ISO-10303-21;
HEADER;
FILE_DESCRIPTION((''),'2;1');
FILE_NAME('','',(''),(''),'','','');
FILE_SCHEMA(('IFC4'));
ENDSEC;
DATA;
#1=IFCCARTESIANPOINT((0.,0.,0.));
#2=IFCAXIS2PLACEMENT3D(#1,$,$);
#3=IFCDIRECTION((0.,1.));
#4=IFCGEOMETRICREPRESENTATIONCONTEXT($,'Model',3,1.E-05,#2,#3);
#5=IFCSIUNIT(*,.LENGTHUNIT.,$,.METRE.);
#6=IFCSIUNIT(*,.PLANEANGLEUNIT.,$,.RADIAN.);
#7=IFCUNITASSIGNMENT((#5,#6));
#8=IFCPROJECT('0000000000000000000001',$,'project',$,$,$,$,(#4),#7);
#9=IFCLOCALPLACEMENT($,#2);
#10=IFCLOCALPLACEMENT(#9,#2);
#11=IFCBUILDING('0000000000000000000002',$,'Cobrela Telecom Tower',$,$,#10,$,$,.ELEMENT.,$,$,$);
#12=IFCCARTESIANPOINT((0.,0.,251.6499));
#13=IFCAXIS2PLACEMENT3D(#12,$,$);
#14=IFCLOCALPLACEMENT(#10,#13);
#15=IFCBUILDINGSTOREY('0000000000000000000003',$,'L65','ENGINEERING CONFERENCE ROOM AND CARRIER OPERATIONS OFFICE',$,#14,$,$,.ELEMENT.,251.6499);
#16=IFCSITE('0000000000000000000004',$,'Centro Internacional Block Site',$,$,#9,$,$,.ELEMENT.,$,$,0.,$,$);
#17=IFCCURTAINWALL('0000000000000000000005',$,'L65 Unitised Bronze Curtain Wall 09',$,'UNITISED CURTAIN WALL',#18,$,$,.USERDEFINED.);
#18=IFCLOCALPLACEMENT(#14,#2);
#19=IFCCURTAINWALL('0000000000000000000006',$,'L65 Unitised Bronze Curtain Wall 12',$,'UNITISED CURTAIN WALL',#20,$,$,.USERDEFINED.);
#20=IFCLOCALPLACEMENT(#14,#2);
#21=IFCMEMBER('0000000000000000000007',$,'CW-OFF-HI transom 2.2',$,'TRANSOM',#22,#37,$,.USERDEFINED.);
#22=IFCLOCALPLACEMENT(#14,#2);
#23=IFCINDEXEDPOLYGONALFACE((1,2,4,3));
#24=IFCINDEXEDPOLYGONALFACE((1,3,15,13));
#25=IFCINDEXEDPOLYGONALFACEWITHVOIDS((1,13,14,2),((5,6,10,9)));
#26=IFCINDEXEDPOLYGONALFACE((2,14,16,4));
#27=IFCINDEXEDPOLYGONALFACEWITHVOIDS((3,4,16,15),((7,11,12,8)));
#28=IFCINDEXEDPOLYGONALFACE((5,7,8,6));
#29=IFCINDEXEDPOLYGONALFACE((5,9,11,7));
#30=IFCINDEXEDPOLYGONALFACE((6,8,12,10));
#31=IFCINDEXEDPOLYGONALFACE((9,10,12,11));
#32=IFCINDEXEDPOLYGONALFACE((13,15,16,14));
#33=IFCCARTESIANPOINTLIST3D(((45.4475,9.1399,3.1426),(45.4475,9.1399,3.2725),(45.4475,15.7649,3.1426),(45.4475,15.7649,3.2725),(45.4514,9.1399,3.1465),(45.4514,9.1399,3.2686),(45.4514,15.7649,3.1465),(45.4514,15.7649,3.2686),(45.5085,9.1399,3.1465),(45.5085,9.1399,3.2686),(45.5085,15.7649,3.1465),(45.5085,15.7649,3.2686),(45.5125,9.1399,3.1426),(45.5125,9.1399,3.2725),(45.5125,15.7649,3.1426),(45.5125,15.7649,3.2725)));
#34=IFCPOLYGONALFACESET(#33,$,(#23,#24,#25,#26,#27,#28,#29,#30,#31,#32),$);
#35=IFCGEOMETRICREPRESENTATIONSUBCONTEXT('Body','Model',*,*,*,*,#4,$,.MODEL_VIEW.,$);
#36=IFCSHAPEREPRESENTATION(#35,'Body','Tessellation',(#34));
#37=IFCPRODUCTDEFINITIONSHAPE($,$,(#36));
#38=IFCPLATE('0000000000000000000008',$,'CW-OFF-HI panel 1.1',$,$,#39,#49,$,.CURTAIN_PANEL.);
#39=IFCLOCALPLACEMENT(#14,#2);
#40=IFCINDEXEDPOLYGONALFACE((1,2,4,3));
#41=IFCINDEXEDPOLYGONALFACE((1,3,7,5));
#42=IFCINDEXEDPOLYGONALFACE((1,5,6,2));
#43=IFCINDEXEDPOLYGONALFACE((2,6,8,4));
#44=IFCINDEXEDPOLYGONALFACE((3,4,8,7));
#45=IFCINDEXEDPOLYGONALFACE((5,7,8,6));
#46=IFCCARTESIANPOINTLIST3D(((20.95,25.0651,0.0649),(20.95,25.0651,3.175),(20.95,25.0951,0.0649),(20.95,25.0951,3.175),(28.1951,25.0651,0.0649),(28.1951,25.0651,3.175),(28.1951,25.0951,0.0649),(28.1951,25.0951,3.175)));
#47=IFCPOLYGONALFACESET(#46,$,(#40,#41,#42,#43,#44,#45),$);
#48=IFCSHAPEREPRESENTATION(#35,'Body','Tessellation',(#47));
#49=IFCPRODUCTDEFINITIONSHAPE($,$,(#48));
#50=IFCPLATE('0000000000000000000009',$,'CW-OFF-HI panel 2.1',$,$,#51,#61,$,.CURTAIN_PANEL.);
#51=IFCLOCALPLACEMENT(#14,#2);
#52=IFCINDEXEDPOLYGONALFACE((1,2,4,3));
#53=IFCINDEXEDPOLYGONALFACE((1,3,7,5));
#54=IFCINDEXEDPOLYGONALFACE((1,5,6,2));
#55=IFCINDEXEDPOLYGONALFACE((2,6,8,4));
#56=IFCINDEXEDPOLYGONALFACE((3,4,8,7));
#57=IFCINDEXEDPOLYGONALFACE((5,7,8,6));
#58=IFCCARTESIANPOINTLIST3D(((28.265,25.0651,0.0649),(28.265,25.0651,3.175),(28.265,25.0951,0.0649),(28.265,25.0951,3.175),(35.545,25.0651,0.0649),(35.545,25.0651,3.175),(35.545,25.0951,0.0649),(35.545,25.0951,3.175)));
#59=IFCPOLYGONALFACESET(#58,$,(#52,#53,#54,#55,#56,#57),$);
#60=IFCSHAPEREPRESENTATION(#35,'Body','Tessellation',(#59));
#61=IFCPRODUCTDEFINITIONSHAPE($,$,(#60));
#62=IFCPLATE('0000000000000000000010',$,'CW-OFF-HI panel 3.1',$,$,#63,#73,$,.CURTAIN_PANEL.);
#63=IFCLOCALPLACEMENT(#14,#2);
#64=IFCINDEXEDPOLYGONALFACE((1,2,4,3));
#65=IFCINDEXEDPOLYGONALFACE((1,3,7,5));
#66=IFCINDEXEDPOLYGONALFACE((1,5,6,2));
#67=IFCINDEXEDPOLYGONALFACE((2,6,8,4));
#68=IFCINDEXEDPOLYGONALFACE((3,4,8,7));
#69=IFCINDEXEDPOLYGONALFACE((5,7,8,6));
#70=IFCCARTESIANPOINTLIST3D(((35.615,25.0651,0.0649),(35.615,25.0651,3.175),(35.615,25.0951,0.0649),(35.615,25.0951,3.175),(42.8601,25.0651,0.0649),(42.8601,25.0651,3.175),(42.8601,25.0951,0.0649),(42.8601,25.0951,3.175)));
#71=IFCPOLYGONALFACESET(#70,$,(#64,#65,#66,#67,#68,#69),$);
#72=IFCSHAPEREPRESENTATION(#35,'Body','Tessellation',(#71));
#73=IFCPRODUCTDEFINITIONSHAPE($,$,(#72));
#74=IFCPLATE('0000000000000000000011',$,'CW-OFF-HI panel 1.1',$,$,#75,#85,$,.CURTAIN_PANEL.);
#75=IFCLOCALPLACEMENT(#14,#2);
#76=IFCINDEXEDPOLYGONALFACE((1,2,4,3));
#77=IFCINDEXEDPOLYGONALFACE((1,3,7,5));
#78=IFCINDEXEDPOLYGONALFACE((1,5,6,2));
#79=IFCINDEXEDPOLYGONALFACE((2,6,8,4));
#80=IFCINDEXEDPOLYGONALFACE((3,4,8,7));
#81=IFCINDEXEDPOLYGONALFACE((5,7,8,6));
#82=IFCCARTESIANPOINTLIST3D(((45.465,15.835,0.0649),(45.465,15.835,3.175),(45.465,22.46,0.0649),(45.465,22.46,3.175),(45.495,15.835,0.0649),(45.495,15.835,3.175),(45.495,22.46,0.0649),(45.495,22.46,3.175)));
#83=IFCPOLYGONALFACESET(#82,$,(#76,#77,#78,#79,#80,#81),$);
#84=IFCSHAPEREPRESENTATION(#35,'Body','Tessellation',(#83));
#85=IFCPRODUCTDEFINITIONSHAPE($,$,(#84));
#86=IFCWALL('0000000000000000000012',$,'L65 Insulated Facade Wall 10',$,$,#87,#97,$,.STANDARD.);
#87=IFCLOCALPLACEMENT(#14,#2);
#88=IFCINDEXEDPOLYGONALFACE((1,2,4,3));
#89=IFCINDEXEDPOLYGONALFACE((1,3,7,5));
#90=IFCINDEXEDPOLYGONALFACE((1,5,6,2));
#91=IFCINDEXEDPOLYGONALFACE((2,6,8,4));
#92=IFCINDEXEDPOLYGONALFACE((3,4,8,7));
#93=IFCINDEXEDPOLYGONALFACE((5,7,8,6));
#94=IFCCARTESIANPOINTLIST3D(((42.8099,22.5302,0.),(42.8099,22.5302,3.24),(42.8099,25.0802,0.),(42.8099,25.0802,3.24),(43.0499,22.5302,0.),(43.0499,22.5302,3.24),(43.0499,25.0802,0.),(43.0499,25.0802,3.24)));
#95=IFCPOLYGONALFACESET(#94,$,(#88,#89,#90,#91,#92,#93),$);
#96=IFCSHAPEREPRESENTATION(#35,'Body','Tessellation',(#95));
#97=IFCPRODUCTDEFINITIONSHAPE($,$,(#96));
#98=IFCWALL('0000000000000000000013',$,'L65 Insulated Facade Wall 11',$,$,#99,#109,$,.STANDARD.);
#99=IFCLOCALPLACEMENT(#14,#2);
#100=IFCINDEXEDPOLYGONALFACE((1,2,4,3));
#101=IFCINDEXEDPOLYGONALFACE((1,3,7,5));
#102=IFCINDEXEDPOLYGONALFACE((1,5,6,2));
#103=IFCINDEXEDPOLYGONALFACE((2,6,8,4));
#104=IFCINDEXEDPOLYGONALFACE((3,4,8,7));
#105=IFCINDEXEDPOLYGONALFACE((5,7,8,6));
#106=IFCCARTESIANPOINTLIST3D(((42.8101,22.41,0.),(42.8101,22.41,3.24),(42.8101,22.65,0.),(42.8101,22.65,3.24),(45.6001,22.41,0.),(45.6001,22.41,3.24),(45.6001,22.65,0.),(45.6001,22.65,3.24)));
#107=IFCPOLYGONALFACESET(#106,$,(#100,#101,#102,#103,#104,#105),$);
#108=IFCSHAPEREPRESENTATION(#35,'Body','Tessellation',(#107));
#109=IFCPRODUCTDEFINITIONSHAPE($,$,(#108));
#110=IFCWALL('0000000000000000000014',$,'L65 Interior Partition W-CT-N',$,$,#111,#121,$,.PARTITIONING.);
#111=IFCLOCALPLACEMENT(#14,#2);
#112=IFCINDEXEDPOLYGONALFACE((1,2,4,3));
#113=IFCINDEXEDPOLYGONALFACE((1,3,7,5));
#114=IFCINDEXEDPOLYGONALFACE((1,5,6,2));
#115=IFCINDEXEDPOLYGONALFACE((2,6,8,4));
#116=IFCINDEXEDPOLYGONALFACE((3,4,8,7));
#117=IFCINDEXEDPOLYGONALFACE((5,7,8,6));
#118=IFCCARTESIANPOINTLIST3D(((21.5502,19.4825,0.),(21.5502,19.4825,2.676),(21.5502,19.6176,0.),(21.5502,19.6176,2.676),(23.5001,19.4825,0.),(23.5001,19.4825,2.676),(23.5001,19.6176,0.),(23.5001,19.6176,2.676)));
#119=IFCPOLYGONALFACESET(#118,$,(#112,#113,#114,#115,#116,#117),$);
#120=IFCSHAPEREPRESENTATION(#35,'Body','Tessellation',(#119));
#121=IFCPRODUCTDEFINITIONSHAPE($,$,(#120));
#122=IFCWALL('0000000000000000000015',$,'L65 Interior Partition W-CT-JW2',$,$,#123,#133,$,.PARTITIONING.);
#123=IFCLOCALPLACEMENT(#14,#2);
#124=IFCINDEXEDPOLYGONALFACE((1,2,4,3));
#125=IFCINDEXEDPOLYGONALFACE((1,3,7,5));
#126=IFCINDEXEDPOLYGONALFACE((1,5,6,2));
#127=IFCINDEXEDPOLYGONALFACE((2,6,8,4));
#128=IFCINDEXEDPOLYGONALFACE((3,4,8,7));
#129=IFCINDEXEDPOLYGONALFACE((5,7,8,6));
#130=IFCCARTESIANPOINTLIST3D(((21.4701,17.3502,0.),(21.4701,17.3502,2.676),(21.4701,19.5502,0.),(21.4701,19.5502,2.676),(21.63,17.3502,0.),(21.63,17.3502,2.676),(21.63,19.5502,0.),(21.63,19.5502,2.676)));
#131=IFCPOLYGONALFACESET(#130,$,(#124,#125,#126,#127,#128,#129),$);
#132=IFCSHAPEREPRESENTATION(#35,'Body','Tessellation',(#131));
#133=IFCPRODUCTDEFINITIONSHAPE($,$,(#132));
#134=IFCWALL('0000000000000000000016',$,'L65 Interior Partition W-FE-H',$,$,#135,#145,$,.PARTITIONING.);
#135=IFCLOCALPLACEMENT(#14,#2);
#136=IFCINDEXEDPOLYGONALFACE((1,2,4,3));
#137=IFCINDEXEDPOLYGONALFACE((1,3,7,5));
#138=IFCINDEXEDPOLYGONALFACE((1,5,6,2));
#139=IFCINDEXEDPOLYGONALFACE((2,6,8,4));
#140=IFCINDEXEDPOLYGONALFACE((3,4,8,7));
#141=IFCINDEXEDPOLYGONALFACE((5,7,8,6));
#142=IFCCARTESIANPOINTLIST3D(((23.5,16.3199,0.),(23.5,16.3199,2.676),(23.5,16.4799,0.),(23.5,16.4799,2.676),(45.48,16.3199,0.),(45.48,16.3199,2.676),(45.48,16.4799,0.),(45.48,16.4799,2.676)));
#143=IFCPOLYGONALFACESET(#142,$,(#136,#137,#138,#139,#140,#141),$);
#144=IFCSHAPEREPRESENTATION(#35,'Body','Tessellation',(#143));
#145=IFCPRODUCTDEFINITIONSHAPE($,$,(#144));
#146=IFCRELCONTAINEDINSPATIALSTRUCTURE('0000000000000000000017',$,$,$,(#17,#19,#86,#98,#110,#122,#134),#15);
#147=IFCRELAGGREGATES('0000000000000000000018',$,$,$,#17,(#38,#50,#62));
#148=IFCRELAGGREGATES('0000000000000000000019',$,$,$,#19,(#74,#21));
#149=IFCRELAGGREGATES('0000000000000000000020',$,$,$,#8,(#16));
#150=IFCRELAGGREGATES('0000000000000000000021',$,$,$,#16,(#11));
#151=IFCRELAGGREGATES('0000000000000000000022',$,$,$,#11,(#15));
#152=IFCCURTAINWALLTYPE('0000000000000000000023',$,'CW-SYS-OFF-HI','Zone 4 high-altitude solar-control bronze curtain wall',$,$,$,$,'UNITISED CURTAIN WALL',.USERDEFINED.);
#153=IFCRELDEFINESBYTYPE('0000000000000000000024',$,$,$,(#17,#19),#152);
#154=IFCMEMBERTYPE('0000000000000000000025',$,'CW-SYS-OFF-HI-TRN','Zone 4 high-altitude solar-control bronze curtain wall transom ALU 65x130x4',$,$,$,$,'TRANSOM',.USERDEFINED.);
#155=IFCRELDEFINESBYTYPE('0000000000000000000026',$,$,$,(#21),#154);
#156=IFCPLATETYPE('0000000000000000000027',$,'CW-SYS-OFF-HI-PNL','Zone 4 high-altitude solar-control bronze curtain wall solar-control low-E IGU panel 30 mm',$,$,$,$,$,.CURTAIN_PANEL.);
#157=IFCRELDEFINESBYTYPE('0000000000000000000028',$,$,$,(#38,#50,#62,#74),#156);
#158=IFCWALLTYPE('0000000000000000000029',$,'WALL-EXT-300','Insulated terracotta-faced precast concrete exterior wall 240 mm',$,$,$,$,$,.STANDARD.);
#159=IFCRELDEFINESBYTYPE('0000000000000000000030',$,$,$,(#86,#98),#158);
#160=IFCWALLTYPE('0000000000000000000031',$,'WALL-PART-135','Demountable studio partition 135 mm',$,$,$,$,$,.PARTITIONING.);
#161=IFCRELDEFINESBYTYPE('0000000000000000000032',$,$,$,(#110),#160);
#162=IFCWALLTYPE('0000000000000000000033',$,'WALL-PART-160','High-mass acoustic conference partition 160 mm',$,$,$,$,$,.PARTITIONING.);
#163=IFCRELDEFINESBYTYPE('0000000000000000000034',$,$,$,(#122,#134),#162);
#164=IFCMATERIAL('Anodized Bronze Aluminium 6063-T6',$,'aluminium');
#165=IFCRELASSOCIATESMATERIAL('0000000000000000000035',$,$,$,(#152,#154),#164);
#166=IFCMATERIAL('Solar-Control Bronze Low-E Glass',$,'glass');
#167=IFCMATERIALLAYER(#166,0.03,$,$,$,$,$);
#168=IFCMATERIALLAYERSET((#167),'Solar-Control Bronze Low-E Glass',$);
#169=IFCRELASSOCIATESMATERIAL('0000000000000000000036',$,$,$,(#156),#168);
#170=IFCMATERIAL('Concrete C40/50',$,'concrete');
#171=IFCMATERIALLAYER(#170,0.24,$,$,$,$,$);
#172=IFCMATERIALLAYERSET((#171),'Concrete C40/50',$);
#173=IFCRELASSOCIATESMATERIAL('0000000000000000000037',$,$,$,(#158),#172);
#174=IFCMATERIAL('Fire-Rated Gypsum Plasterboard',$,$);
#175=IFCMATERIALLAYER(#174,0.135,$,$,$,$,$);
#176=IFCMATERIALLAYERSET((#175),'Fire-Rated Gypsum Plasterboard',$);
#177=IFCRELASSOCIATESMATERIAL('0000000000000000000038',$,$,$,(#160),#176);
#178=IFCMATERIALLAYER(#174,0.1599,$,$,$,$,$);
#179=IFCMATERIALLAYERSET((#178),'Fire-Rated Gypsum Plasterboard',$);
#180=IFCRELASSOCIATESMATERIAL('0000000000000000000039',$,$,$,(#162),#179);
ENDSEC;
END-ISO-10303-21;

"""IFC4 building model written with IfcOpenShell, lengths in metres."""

from ifc_helpers import new_model, si_unit, direction, frame, frame_2d, origin, origin_2d, place, context, subcontext, project, spatial, rectangle, hollow_rectangle, extrude, material, layer, layer_set, material_profile, profile_set, type_object, element, aggregate, save


model = new_model("IFC4")

# Units and contexts
model_context = context("Model", 3, precision=1e-05, world=origin(), true_north=direction((0.0, 1.0)))
body_context = subcontext(model_context, "Body", "Model", "MODEL_VIEW")
ifc_project = project(units=[si_unit("LENGTHUNIT", "METRE"), si_unit("PLANEANGLEUNIT", "RADIAN")], contexts=[model_context])

# Site, building, storey
site_placement = place(None, origin())
site = spatial("IfcSite", under=ifc_project, at=site_placement, Name="Centro Internacional Block Site", CompositionType="ELEMENT", RefElevation=0.0)
building_placement = place(site_placement, origin())
building = spatial("IfcBuilding", under=site, at=building_placement, Name="Cobrela Telecom Tower", CompositionType="ELEMENT")
storey_placement = place(building_placement, frame((0.0, 0.0, 251.6499)))
storey = spatial("IfcBuildingStorey", under=building, at=storey_placement, Name="L65", Description="ENGINEERING CONFERENCE ROOM AND CARRIER OPERATIONS OFFICE", CompositionType="ELEMENT", Elevation=251.6499)

# Curtain walls
ifc_material_1 = material(Name="Anodized Bronze Aluminium 6063-T6", Category="aluminium")
curtain_wall_type = type_object("IfcCurtainWallType", Name="CW-SYS-OFF-HI", Description="Zone 4 high-altitude solar-control bronze curtain wall", ElementType="UNITISED CURTAIN WALL", PredefinedType="USERDEFINED", material=ifc_material_1)
curtain_wall_1_placement = place(storey_placement, origin())
curtain_wall_1 = element("IfcCurtainWall", 1, at=curtain_wall_1_placement, inside=storey, type_object=curtain_wall_type, Name="L65 Unitised Bronze Curtain Wall 09", ObjectType="UNITISED CURTAIN WALL", PredefinedType="USERDEFINED")
curtain_wall_2_placement = place(storey_placement, origin())
curtain_wall_2 = element("IfcCurtainWall", 2, at=curtain_wall_2_placement, inside=storey, type_object=curtain_wall_type, Name="L65 Unitised Bronze Curtain Wall 12", ObjectType="UNITISED CURTAIN WALL", PredefinedType="USERDEFINED")

# Member
ifc_material_profile_1 = material_profile(ifc_material_1, hollow_rectangle(XDim=0.0649, YDim=0.1299, WallThickness=0.0039, at=origin_2d()), Name="ALU 65x130x4")
ifc_profile_set_1 = profile_set([ifc_material_profile_1], Name="Anodized Bronze Aluminium 6063-T6")
member_type_1 = type_object("IfcMemberType", Name="CW-SYS-OFF-HI-TRN", Description="Zone 4 high-altitude solar-control bronze curtain wall transom ALU 65x130x4", ElementType="TRANSOM", PredefinedType="USERDEFINED", material=ifc_profile_set_1)
member_1_placement = place(storey_placement, frame((45.48, 15.7649, 3.2075), z_axis=(0.0, -1.0, 0.0), x_axis=(1.0, 0.0, 0.0)))
member_1 = element("IfcMember", 3, at=member_1_placement, type_object=member_type_1, Name="CW-OFF-HI transom 2.2", ObjectType="TRANSOM", PredefinedType="USERDEFINED", context=body_context, shape_type="SweptSolid", body=[
    extrude(hollow_rectangle(XDim=0.0649, YDim=0.1299, WallThickness=0.0039, at=origin_2d()), origin(), (0.0, 0.0, 1.0), 6.625),
])

# Plates
ifc_material_2 = material(Name="Solar-Control Bronze Low-E Glass", Category="glass")
ifc_layer_1 = layer(ifc_material_2, 0.03)
ifc_layer_set_1 = layer_set([ifc_layer_1], Name="Solar-Control Bronze Low-E Glass")
plate_type = type_object("IfcPlateType", Name="CW-SYS-OFF-HI-PNL", Description="Zone 4 high-altitude solar-control bronze curtain wall solar-control low-E IGU panel 30 mm", PredefinedType="CURTAIN_PANEL", material=ifc_layer_set_1)
plate_1_placement = place(storey_placement, frame((24.5725, 25.0801, 0.0649), z_axis=(0.0, 0.0, 1.0), x_axis=(1.0, 0.0, 0.0)))
plate_1 = element("IfcPlate", 4, at=plate_1_placement, type_object=plate_type, Name="CW-OFF-HI panel 1.1", PredefinedType="CURTAIN_PANEL", context=body_context, shape_type="SweptSolid", body=[
    extrude(rectangle(XDim=7.2451, YDim=0.03, at=origin_2d()), origin(), (0.0, 0.0, 1.0), 3.1101),
])
plate_2_placement = place(storey_placement, frame((31.905, 25.0801, 0.0649), z_axis=(0.0, 0.0, 1.0), x_axis=(1.0, 0.0, 0.0)))
plate_2 = element("IfcPlate", 5, at=plate_2_placement, type_object=plate_type, Name="CW-OFF-HI panel 2.1", PredefinedType="CURTAIN_PANEL", context=body_context, shape_type="SweptSolid", body=[
    extrude(rectangle(XDim=7.28, YDim=0.03, at=origin_2d()), origin(), (0.0, 0.0, 1.0), 3.1101),
])
plate_3_placement = place(storey_placement, frame((39.2375, 25.0801, 0.0649), z_axis=(0.0, 0.0, 1.0), x_axis=(1.0, 0.0, 0.0)))
plate_3 = element("IfcPlate", 6, at=plate_3_placement, type_object=plate_type, Name="CW-OFF-HI panel 3.1", PredefinedType="CURTAIN_PANEL", context=body_context, shape_type="SweptSolid", body=[
    extrude(rectangle(XDim=7.2451, YDim=0.03, at=origin_2d()), origin(), (0.0, 0.0, 1.0), 3.1101),
])
aggregate(curtain_wall_1, [plate_1, plate_2, plate_3])
plate_4_placement = place(storey_placement, frame((45.48, 19.1475, 0.0649), z_axis=(0.0, 0.0, 1.0), x_axis=(0.0, -1.0, 0.0)))
plate_4 = element("IfcPlate", 7, at=plate_4_placement, type_object=plate_type, Name="CW-OFF-HI panel 1.1", PredefinedType="CURTAIN_PANEL", context=body_context, shape_type="SweptSolid", body=[
    extrude(rectangle(XDim=6.625, YDim=0.03, at=origin_2d()), origin(), (0.0, 0.0, 1.0), 3.1101),
])
aggregate(curtain_wall_2, [plate_4, member_1])

# Walls
ifc_material_3 = material(Name="Concrete C40/50", Category="concrete")
ifc_layer_2 = layer(ifc_material_3, 0.24)
ifc_layer_set_2 = layer_set([ifc_layer_2], Name="Concrete C40/50")
wall_type_1 = type_object("IfcWallType", Name="WALL-EXT-300", Description="Insulated terracotta-faced precast concrete exterior wall 240 mm", PredefinedType="STANDARD", material=ifc_layer_set_2)
wall_1_placement = place(storey_placement, frame((42.9299, 25.0801, 0.0), z_axis=(0.0, 0.0, 1.0), x_axis=(0.0, -1.0, 0.0)))
element("IfcWall", 8, at=wall_1_placement, inside=storey, type_object=wall_type_1, Name="L65 Insulated Facade Wall 10", PredefinedType="STANDARD", context=body_context, shape_type="SweptSolid", body=[
    extrude(rectangle(XDim=2.55, YDim=0.24, at=frame_2d((1.2749, 0.0))), origin(), (0.0, 0.0, 1.0), 3.24),
])
wall_2_placement = place(storey_placement, frame((42.8101, 22.53, 0.0), z_axis=(0.0, 0.0, 1.0), x_axis=(1.0, 0.0, 0.0)))
element("IfcWall", 9, at=wall_2_placement, inside=storey, type_object=wall_type_1, Name="L65 Insulated Facade Wall 11", PredefinedType="STANDARD", context=body_context, shape_type="SweptSolid", body=[
    extrude(rectangle(XDim=2.79, YDim=0.24, at=frame_2d((1.395, 0.0))), origin(), (0.0, 0.0, 1.0), 3.24),
])
ifc_material_4 = material(Name="Fire-Rated Gypsum Plasterboard")
ifc_layer_3 = layer(ifc_material_4, 0.135)
ifc_layer_set_3 = layer_set([ifc_layer_3], Name="Fire-Rated Gypsum Plasterboard")
wall_type_2 = type_object("IfcWallType", Name="WALL-PART-135", Description="Demountable studio partition 135 mm", PredefinedType="PARTITIONING", material=ifc_layer_set_3)
wall_3_placement = place(storey_placement, frame((21.55, 19.55, 0.0), z_axis=(0.0, 0.0, 1.0), x_axis=(1.0, 0.0, 0.0)))
element("IfcWall", 10, at=wall_3_placement, inside=storey, type_object=wall_type_2, Name="L65 Interior Partition W-CT-N", PredefinedType="PARTITIONING", context=body_context, shape_type="SweptSolid", body=[
    extrude(rectangle(XDim=1.95, YDim=0.135, at=frame_2d((0.9751, 0.0))), origin(), (0.0, 0.0, 1.0), 2.676),
])
ifc_layer_4 = layer(ifc_material_4, 0.1599)
ifc_layer_set_4 = layer_set([ifc_layer_4], Name="Fire-Rated Gypsum Plasterboard")
wall_type_3 = type_object("IfcWallType", Name="WALL-PART-160", Description="High-mass acoustic conference partition 160 mm", PredefinedType="PARTITIONING", material=ifc_layer_set_4)
wall_4_placement = place(storey_placement, frame((21.55, 17.3501, 0.0), z_axis=(0.0, 0.0, 1.0), x_axis=(0.0, 1.0, 0.0)))
element("IfcWall", 11, at=wall_4_placement, inside=storey, type_object=wall_type_3, Name="L65 Interior Partition W-CT-JW2", PredefinedType="PARTITIONING", context=body_context, shape_type="SweptSolid", body=[
    extrude(rectangle(XDim=2.2, YDim=0.1599, at=frame_2d((1.1001, 0.0))), origin(), (0.0, 0.0, 1.0), 2.676),
])
wall_5_placement = place(storey_placement, frame((23.5, 16.3999, 0.0), z_axis=(0.0, 0.0, 1.0), x_axis=(1.0, 0.0, 0.0)))
element("IfcWall", 12, at=wall_5_placement, inside=storey, type_object=wall_type_3, Name="L65 Interior Partition W-FE-H", PredefinedType="PARTITIONING", context=body_context, shape_type="SweptSolid", body=[
    extrude(rectangle(XDim=21.98, YDim=0.1599, at=frame_2d((10.99, 0.0))), origin(), (0.0, 0.0, 1.0), 2.676),
])

save(model, "model.ifc")
